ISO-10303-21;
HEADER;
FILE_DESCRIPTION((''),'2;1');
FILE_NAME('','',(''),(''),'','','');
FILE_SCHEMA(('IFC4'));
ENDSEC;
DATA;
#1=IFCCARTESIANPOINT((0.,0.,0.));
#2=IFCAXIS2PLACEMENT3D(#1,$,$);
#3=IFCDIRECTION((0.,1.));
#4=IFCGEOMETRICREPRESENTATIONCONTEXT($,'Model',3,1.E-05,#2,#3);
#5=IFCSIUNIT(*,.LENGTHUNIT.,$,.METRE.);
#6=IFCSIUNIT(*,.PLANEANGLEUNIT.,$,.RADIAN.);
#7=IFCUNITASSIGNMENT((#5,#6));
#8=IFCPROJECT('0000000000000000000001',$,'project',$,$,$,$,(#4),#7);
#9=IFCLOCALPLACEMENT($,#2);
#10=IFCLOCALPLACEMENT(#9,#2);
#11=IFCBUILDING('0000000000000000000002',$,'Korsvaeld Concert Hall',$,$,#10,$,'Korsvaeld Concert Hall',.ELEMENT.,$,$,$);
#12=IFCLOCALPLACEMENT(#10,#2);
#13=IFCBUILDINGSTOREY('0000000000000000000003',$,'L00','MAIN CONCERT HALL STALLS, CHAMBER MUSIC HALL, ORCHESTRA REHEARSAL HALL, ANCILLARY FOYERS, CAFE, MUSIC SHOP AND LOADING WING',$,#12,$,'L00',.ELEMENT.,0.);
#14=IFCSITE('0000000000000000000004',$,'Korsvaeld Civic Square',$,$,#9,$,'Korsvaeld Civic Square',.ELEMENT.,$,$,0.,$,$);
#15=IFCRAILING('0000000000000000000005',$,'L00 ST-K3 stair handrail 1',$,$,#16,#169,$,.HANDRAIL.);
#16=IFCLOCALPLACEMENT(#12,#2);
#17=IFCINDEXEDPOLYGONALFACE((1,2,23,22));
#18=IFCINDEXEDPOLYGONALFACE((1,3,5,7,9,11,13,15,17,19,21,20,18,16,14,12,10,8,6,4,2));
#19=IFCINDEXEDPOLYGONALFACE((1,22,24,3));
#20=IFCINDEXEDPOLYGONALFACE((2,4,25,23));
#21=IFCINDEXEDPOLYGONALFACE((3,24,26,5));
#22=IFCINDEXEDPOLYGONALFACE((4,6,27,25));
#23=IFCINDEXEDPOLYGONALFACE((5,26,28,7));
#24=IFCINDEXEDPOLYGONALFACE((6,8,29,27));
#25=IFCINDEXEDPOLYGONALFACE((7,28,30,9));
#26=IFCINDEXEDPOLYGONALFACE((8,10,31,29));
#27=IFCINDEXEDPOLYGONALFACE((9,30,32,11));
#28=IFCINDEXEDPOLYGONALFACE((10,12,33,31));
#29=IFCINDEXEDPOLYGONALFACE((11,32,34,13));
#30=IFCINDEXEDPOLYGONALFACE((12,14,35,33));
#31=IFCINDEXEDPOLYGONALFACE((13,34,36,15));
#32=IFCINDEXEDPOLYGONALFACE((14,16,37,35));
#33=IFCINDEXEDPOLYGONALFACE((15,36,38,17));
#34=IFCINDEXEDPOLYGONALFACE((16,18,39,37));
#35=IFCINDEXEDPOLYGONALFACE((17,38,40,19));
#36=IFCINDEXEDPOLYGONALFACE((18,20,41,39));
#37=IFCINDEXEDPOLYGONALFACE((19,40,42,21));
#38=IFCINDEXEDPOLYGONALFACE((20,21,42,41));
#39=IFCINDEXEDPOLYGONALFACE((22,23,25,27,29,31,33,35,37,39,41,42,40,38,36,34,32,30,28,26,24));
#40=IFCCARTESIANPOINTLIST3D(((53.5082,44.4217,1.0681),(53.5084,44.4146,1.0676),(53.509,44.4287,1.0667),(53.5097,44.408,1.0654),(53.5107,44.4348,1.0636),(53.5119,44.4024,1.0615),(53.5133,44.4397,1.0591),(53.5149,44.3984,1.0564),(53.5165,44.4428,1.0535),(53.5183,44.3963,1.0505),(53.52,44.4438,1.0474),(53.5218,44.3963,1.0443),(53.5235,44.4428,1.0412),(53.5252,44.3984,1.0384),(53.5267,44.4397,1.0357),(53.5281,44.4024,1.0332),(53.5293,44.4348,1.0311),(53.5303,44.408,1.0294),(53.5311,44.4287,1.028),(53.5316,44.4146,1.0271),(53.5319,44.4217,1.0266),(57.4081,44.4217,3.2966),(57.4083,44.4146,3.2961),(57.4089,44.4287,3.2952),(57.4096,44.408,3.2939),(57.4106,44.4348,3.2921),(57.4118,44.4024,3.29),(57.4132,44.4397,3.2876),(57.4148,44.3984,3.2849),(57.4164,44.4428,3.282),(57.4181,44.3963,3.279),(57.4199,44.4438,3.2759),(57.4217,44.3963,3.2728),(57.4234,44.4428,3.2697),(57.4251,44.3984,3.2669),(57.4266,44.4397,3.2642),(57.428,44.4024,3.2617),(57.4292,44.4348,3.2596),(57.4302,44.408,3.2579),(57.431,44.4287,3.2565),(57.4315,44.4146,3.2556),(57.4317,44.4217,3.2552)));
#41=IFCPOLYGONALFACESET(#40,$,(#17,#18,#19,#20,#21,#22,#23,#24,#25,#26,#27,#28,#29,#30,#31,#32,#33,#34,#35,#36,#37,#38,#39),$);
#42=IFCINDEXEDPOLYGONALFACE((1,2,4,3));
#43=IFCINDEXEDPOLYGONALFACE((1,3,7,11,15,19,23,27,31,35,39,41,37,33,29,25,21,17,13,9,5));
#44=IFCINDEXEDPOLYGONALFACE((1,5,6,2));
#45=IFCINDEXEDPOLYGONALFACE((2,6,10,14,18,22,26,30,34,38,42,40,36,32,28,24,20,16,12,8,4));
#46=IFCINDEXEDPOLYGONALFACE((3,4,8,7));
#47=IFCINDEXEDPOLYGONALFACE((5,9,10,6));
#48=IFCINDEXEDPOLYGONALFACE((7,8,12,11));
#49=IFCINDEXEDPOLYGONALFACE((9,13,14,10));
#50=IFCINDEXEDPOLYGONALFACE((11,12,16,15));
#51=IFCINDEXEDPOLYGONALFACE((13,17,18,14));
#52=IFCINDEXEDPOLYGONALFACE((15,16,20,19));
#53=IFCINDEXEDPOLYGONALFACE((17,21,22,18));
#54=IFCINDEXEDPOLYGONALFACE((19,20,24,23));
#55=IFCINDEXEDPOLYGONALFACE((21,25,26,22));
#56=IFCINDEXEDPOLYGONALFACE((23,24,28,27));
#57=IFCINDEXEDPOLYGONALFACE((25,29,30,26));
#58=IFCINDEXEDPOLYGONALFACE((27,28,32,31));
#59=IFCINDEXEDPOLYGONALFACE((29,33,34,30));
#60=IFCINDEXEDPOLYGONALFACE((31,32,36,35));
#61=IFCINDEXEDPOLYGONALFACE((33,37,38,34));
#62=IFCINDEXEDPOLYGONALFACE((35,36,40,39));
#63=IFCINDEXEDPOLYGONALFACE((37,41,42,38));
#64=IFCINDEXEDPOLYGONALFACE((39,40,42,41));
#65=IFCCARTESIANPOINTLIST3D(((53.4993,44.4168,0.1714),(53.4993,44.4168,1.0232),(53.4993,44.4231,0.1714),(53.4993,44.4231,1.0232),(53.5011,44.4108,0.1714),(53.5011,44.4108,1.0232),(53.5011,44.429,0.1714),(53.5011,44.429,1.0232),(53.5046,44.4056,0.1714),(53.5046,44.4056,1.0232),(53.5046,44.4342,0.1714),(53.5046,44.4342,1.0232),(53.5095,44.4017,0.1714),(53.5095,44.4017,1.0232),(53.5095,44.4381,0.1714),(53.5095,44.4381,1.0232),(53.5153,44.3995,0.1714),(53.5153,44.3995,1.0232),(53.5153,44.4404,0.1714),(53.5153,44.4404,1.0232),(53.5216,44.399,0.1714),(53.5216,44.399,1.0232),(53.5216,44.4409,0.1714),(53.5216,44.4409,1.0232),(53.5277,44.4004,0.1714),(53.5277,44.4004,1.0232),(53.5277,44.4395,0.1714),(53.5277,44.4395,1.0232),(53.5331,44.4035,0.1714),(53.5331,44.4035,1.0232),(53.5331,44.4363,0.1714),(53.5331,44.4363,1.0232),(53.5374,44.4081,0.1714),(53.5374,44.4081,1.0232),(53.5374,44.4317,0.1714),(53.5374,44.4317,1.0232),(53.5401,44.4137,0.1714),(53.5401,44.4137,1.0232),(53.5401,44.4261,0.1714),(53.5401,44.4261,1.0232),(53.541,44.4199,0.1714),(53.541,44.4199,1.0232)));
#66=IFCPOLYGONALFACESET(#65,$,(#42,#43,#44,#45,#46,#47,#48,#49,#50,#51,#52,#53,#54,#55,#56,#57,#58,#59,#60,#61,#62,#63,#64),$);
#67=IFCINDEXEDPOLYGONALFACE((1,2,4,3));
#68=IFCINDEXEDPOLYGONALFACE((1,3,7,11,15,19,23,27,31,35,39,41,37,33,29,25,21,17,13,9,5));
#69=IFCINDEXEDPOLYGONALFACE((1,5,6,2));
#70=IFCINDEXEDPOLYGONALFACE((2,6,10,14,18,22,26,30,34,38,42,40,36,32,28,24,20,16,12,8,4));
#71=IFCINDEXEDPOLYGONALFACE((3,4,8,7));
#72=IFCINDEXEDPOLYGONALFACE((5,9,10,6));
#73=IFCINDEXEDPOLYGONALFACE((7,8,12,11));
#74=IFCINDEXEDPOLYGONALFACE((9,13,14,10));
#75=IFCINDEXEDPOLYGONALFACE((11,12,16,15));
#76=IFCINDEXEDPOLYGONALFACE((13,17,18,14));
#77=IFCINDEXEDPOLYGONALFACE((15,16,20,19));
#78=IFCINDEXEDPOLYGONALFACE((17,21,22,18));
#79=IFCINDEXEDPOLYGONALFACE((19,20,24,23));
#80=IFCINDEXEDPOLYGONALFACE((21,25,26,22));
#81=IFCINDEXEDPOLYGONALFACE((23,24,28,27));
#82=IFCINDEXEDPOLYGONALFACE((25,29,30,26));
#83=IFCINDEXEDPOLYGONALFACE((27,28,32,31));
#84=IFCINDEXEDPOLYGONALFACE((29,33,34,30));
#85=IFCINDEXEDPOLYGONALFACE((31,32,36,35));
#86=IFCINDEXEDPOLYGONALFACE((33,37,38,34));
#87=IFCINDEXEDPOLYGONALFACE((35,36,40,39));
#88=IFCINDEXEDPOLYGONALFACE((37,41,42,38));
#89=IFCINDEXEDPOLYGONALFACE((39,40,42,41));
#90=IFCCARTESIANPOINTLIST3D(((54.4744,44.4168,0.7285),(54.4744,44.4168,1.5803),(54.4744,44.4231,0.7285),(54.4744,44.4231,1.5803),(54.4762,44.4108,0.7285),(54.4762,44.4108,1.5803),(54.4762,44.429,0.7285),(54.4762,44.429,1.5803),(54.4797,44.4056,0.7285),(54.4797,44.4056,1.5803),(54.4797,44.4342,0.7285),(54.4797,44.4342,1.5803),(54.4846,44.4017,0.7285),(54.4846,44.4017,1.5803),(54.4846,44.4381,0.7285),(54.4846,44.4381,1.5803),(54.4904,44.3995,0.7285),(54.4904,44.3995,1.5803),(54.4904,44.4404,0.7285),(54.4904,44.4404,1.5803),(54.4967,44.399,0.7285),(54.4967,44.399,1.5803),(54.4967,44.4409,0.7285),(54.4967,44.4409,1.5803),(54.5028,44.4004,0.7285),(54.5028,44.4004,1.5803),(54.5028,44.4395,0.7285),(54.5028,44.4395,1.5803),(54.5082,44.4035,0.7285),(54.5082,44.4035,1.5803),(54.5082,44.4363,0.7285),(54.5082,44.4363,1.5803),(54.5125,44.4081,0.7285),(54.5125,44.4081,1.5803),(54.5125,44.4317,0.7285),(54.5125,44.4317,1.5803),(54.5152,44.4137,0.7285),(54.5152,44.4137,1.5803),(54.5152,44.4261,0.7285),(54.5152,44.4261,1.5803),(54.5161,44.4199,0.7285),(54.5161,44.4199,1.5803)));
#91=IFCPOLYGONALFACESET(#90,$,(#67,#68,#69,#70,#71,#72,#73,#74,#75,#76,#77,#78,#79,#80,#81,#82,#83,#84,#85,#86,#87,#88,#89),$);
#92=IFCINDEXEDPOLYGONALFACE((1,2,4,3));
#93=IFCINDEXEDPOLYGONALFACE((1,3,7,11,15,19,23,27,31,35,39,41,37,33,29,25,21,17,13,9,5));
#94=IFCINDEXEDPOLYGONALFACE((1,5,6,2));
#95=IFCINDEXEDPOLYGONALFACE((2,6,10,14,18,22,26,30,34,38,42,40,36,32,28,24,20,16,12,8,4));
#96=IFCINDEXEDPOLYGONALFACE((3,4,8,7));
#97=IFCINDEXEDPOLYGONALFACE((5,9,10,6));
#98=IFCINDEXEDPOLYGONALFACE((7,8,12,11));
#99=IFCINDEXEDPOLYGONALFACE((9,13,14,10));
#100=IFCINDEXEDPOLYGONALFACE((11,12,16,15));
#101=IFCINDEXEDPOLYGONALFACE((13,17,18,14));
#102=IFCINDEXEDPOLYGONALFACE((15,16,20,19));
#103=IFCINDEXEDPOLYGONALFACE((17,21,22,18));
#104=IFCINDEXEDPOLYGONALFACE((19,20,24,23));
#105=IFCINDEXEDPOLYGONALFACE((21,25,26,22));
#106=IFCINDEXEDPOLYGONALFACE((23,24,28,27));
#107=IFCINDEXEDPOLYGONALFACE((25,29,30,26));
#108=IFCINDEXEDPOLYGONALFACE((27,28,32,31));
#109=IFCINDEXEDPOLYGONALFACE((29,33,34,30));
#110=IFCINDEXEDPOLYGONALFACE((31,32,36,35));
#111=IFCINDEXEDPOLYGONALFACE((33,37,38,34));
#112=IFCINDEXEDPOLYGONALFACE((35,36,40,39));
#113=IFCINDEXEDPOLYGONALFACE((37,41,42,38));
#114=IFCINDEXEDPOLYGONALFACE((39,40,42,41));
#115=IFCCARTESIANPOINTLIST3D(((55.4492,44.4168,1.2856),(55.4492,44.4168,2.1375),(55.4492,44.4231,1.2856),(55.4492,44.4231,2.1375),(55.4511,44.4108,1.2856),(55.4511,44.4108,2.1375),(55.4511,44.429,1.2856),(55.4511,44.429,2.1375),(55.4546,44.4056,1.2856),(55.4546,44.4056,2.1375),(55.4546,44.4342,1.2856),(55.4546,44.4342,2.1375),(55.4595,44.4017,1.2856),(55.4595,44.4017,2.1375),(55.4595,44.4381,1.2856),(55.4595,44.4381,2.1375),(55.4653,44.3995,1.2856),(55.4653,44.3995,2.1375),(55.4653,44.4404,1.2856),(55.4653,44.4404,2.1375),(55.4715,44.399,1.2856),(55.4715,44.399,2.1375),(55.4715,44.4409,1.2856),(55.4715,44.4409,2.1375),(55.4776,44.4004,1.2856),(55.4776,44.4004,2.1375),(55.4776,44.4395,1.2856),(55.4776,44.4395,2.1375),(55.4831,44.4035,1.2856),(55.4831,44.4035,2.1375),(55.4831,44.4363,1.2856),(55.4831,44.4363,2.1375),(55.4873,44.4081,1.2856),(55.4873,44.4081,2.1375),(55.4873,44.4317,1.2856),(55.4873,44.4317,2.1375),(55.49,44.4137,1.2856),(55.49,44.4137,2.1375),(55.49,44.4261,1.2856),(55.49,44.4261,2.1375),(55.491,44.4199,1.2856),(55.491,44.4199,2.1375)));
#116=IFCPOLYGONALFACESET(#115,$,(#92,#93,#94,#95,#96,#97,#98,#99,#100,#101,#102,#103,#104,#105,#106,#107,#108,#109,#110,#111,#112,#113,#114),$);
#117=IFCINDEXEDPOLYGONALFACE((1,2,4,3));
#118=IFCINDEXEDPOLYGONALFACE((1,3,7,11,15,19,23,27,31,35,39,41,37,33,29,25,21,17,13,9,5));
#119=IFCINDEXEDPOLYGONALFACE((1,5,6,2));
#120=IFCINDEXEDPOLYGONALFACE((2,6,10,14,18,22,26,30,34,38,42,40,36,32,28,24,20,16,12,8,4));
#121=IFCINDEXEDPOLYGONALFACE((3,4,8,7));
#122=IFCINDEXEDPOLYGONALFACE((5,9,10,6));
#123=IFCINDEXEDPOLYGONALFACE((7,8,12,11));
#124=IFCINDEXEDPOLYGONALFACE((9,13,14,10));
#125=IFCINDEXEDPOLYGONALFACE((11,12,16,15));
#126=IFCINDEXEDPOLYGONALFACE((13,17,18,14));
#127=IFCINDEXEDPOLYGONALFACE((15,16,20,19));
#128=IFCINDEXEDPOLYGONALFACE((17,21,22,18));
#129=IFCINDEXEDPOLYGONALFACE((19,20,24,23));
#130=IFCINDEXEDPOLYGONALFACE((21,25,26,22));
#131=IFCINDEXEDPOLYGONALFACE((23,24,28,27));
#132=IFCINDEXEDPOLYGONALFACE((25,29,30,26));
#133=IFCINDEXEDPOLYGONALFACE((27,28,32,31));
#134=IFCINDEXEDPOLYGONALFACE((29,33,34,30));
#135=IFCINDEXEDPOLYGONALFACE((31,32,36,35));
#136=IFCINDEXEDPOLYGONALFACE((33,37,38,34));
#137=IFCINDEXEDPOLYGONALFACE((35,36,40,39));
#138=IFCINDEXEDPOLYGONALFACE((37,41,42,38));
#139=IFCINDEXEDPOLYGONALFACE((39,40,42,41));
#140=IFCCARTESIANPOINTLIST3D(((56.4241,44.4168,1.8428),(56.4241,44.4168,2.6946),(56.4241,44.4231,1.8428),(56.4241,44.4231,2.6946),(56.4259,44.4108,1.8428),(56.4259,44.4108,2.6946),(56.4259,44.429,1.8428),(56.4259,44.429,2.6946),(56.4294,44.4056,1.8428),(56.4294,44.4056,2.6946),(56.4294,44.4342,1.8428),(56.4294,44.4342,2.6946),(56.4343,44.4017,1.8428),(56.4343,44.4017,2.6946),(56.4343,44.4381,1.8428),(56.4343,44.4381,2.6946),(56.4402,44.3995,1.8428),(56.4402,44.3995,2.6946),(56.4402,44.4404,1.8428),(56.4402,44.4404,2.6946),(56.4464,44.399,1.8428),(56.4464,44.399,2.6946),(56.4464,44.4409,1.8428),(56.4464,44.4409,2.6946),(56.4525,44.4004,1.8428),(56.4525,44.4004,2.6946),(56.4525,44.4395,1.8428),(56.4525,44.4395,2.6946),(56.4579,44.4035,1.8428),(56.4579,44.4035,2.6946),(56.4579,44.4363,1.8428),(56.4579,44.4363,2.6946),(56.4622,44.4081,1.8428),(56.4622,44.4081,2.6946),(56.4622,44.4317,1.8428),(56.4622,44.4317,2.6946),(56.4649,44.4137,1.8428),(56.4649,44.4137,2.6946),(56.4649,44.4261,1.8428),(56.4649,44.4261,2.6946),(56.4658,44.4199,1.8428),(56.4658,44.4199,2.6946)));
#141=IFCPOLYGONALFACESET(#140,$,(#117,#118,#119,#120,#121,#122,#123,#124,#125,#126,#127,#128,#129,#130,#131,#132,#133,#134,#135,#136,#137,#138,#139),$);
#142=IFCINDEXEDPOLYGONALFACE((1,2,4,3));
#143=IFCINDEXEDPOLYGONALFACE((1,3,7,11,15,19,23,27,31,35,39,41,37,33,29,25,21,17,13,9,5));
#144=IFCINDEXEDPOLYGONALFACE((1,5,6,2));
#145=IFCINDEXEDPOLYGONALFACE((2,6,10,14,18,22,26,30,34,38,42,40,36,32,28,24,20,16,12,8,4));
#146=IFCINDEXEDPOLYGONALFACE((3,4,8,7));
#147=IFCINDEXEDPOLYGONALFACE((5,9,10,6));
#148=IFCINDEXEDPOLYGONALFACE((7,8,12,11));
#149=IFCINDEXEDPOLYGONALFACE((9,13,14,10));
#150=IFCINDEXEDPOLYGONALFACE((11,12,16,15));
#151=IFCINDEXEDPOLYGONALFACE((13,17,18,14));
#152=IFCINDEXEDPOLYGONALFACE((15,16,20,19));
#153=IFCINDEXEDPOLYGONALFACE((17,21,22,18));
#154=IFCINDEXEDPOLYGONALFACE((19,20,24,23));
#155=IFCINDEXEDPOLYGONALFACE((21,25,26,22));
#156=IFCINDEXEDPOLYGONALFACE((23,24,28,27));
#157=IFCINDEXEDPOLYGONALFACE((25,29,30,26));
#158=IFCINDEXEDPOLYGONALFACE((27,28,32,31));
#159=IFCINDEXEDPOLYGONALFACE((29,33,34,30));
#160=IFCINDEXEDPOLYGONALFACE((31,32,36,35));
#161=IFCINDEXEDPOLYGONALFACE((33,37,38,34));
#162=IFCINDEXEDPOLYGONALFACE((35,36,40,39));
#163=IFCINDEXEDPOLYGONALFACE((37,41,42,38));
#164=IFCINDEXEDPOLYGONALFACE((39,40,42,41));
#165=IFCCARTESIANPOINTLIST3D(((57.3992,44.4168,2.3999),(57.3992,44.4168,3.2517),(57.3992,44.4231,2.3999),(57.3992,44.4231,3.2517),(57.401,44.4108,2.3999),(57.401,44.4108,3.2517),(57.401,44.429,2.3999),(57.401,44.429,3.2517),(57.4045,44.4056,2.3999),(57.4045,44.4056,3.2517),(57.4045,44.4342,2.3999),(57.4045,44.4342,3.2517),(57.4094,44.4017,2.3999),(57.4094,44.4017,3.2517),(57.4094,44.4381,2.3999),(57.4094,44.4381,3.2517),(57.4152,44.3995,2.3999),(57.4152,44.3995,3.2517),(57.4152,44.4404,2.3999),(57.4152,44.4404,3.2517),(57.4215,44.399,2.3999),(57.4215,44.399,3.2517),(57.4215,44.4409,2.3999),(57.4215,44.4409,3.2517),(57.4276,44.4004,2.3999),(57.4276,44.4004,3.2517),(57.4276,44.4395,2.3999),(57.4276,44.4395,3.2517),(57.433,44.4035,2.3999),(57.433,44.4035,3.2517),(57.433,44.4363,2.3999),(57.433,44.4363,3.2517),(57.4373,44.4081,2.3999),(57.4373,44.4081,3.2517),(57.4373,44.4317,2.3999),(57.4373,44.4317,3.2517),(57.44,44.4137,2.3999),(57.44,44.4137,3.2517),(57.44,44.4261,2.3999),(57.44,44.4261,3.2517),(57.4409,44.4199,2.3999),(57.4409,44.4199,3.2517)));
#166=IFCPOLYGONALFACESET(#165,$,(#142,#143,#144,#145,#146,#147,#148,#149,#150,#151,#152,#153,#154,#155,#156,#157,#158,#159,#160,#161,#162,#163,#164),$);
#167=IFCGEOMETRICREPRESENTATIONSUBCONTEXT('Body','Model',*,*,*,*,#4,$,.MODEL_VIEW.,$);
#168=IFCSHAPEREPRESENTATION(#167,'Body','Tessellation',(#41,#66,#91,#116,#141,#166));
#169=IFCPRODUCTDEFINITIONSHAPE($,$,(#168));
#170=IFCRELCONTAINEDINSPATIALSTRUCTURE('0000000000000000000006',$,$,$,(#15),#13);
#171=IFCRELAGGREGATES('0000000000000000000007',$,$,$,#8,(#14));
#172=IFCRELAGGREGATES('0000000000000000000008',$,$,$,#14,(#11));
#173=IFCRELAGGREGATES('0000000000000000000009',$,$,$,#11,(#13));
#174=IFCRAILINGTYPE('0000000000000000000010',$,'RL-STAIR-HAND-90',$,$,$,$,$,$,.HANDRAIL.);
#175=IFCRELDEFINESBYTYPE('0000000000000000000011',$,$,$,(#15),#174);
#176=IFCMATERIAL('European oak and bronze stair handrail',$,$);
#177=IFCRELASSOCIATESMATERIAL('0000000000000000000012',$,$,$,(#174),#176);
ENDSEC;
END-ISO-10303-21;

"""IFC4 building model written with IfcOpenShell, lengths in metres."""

from ifc_helpers import new_model, si_unit, direction, frame, origin, origin_2d, place, context, subcontext, project, spatial, circle, extrude, material, type_object, element, save


model = new_model("IFC4")

# Units and contexts
model_context = context("Model", 3, precision=1e-05, world=origin(), true_north=direction((0.0, 1.0)))
body_context = subcontext(model_context, "Body", "Model", "MODEL_VIEW")
ifc_project = project(units=[si_unit("LENGTHUNIT", "METRE"), si_unit("PLANEANGLEUNIT", "RADIAN")], contexts=[model_context])

# Site, building, storey
site_placement = place(None, origin())
site = spatial("IfcSite", under=ifc_project, at=site_placement, Name="Korsvaeld Civic Square", LongName="Korsvaeld Civic Square", CompositionType="ELEMENT", RefElevation=0.0)
building_placement = place(site_placement, origin())
building = spatial("IfcBuilding", under=site, at=building_placement, Name="Korsvaeld Concert Hall", LongName="Korsvaeld Concert Hall", CompositionType="ELEMENT")
storey_placement = place(building_placement, origin())
storey = spatial("IfcBuildingStorey", under=building, at=storey_placement, Name="L00", Description="MAIN CONCERT HALL STALLS, CHAMBER MUSIC HALL, ORCHESTRA REHEARSAL HALL, ANCILLARY FOYERS, CAFE, MUSIC SHOP AND LOADING WING", LongName="L00", CompositionType="ELEMENT", Elevation=0.0)

# Railing
ifc_material_1 = material(Name="European oak and bronze stair handrail")
railing_type_1 = type_object("IfcRailingType", Name="RL-STAIR-HAND-90", PredefinedType="HANDRAIL", material=ifc_material_1)
railing_1_placement = place(storey_placement, frame((53.52, 44.4199, 0.1714)))
element("IfcRailing", 1, at=railing_1_placement, inside=storey, type_object=railing_type_1, Name="L00 ST-K3 stair handrail 1", PredefinedType="HANDRAIL", context=body_context, shape_type="SweptSolid", body=[
    extrude(circle(Radius=0.0239, at=origin_2d()), frame((0.0, 0.0, 0.876), z_axis=(0.868243, 0.0, 0.496139), x_axis=(0.0, 1.0, 0.0)), (0.0, 0.0, 1.0), 4.4917),
    extrude(circle(Radius=0.021, at=origin_2d()), origin(), (0.0, 0.0, 1.0), 0.8518),
    extrude(circle(Radius=0.021, at=origin_2d()), frame((0.9751, 0.0, 0.5571)), (0.0, 0.0, 1.0), 0.8518),
    extrude(circle(Radius=0.021, at=origin_2d()), frame((1.95, 0.0, 1.1143)), (0.0, 0.0, 1.0), 0.8518),
    extrude(circle(Radius=0.021, at=origin_2d()), frame((2.9248, 0.0, 1.6714)), (0.0, 0.0, 1.0), 0.8518),
    extrude(circle(Radius=0.021, at=origin_2d()), frame((3.8999, 0.0, 2.2285)), (0.0, 0.0, 1.0), 0.8518),
])

save(model, "model.ifc")
